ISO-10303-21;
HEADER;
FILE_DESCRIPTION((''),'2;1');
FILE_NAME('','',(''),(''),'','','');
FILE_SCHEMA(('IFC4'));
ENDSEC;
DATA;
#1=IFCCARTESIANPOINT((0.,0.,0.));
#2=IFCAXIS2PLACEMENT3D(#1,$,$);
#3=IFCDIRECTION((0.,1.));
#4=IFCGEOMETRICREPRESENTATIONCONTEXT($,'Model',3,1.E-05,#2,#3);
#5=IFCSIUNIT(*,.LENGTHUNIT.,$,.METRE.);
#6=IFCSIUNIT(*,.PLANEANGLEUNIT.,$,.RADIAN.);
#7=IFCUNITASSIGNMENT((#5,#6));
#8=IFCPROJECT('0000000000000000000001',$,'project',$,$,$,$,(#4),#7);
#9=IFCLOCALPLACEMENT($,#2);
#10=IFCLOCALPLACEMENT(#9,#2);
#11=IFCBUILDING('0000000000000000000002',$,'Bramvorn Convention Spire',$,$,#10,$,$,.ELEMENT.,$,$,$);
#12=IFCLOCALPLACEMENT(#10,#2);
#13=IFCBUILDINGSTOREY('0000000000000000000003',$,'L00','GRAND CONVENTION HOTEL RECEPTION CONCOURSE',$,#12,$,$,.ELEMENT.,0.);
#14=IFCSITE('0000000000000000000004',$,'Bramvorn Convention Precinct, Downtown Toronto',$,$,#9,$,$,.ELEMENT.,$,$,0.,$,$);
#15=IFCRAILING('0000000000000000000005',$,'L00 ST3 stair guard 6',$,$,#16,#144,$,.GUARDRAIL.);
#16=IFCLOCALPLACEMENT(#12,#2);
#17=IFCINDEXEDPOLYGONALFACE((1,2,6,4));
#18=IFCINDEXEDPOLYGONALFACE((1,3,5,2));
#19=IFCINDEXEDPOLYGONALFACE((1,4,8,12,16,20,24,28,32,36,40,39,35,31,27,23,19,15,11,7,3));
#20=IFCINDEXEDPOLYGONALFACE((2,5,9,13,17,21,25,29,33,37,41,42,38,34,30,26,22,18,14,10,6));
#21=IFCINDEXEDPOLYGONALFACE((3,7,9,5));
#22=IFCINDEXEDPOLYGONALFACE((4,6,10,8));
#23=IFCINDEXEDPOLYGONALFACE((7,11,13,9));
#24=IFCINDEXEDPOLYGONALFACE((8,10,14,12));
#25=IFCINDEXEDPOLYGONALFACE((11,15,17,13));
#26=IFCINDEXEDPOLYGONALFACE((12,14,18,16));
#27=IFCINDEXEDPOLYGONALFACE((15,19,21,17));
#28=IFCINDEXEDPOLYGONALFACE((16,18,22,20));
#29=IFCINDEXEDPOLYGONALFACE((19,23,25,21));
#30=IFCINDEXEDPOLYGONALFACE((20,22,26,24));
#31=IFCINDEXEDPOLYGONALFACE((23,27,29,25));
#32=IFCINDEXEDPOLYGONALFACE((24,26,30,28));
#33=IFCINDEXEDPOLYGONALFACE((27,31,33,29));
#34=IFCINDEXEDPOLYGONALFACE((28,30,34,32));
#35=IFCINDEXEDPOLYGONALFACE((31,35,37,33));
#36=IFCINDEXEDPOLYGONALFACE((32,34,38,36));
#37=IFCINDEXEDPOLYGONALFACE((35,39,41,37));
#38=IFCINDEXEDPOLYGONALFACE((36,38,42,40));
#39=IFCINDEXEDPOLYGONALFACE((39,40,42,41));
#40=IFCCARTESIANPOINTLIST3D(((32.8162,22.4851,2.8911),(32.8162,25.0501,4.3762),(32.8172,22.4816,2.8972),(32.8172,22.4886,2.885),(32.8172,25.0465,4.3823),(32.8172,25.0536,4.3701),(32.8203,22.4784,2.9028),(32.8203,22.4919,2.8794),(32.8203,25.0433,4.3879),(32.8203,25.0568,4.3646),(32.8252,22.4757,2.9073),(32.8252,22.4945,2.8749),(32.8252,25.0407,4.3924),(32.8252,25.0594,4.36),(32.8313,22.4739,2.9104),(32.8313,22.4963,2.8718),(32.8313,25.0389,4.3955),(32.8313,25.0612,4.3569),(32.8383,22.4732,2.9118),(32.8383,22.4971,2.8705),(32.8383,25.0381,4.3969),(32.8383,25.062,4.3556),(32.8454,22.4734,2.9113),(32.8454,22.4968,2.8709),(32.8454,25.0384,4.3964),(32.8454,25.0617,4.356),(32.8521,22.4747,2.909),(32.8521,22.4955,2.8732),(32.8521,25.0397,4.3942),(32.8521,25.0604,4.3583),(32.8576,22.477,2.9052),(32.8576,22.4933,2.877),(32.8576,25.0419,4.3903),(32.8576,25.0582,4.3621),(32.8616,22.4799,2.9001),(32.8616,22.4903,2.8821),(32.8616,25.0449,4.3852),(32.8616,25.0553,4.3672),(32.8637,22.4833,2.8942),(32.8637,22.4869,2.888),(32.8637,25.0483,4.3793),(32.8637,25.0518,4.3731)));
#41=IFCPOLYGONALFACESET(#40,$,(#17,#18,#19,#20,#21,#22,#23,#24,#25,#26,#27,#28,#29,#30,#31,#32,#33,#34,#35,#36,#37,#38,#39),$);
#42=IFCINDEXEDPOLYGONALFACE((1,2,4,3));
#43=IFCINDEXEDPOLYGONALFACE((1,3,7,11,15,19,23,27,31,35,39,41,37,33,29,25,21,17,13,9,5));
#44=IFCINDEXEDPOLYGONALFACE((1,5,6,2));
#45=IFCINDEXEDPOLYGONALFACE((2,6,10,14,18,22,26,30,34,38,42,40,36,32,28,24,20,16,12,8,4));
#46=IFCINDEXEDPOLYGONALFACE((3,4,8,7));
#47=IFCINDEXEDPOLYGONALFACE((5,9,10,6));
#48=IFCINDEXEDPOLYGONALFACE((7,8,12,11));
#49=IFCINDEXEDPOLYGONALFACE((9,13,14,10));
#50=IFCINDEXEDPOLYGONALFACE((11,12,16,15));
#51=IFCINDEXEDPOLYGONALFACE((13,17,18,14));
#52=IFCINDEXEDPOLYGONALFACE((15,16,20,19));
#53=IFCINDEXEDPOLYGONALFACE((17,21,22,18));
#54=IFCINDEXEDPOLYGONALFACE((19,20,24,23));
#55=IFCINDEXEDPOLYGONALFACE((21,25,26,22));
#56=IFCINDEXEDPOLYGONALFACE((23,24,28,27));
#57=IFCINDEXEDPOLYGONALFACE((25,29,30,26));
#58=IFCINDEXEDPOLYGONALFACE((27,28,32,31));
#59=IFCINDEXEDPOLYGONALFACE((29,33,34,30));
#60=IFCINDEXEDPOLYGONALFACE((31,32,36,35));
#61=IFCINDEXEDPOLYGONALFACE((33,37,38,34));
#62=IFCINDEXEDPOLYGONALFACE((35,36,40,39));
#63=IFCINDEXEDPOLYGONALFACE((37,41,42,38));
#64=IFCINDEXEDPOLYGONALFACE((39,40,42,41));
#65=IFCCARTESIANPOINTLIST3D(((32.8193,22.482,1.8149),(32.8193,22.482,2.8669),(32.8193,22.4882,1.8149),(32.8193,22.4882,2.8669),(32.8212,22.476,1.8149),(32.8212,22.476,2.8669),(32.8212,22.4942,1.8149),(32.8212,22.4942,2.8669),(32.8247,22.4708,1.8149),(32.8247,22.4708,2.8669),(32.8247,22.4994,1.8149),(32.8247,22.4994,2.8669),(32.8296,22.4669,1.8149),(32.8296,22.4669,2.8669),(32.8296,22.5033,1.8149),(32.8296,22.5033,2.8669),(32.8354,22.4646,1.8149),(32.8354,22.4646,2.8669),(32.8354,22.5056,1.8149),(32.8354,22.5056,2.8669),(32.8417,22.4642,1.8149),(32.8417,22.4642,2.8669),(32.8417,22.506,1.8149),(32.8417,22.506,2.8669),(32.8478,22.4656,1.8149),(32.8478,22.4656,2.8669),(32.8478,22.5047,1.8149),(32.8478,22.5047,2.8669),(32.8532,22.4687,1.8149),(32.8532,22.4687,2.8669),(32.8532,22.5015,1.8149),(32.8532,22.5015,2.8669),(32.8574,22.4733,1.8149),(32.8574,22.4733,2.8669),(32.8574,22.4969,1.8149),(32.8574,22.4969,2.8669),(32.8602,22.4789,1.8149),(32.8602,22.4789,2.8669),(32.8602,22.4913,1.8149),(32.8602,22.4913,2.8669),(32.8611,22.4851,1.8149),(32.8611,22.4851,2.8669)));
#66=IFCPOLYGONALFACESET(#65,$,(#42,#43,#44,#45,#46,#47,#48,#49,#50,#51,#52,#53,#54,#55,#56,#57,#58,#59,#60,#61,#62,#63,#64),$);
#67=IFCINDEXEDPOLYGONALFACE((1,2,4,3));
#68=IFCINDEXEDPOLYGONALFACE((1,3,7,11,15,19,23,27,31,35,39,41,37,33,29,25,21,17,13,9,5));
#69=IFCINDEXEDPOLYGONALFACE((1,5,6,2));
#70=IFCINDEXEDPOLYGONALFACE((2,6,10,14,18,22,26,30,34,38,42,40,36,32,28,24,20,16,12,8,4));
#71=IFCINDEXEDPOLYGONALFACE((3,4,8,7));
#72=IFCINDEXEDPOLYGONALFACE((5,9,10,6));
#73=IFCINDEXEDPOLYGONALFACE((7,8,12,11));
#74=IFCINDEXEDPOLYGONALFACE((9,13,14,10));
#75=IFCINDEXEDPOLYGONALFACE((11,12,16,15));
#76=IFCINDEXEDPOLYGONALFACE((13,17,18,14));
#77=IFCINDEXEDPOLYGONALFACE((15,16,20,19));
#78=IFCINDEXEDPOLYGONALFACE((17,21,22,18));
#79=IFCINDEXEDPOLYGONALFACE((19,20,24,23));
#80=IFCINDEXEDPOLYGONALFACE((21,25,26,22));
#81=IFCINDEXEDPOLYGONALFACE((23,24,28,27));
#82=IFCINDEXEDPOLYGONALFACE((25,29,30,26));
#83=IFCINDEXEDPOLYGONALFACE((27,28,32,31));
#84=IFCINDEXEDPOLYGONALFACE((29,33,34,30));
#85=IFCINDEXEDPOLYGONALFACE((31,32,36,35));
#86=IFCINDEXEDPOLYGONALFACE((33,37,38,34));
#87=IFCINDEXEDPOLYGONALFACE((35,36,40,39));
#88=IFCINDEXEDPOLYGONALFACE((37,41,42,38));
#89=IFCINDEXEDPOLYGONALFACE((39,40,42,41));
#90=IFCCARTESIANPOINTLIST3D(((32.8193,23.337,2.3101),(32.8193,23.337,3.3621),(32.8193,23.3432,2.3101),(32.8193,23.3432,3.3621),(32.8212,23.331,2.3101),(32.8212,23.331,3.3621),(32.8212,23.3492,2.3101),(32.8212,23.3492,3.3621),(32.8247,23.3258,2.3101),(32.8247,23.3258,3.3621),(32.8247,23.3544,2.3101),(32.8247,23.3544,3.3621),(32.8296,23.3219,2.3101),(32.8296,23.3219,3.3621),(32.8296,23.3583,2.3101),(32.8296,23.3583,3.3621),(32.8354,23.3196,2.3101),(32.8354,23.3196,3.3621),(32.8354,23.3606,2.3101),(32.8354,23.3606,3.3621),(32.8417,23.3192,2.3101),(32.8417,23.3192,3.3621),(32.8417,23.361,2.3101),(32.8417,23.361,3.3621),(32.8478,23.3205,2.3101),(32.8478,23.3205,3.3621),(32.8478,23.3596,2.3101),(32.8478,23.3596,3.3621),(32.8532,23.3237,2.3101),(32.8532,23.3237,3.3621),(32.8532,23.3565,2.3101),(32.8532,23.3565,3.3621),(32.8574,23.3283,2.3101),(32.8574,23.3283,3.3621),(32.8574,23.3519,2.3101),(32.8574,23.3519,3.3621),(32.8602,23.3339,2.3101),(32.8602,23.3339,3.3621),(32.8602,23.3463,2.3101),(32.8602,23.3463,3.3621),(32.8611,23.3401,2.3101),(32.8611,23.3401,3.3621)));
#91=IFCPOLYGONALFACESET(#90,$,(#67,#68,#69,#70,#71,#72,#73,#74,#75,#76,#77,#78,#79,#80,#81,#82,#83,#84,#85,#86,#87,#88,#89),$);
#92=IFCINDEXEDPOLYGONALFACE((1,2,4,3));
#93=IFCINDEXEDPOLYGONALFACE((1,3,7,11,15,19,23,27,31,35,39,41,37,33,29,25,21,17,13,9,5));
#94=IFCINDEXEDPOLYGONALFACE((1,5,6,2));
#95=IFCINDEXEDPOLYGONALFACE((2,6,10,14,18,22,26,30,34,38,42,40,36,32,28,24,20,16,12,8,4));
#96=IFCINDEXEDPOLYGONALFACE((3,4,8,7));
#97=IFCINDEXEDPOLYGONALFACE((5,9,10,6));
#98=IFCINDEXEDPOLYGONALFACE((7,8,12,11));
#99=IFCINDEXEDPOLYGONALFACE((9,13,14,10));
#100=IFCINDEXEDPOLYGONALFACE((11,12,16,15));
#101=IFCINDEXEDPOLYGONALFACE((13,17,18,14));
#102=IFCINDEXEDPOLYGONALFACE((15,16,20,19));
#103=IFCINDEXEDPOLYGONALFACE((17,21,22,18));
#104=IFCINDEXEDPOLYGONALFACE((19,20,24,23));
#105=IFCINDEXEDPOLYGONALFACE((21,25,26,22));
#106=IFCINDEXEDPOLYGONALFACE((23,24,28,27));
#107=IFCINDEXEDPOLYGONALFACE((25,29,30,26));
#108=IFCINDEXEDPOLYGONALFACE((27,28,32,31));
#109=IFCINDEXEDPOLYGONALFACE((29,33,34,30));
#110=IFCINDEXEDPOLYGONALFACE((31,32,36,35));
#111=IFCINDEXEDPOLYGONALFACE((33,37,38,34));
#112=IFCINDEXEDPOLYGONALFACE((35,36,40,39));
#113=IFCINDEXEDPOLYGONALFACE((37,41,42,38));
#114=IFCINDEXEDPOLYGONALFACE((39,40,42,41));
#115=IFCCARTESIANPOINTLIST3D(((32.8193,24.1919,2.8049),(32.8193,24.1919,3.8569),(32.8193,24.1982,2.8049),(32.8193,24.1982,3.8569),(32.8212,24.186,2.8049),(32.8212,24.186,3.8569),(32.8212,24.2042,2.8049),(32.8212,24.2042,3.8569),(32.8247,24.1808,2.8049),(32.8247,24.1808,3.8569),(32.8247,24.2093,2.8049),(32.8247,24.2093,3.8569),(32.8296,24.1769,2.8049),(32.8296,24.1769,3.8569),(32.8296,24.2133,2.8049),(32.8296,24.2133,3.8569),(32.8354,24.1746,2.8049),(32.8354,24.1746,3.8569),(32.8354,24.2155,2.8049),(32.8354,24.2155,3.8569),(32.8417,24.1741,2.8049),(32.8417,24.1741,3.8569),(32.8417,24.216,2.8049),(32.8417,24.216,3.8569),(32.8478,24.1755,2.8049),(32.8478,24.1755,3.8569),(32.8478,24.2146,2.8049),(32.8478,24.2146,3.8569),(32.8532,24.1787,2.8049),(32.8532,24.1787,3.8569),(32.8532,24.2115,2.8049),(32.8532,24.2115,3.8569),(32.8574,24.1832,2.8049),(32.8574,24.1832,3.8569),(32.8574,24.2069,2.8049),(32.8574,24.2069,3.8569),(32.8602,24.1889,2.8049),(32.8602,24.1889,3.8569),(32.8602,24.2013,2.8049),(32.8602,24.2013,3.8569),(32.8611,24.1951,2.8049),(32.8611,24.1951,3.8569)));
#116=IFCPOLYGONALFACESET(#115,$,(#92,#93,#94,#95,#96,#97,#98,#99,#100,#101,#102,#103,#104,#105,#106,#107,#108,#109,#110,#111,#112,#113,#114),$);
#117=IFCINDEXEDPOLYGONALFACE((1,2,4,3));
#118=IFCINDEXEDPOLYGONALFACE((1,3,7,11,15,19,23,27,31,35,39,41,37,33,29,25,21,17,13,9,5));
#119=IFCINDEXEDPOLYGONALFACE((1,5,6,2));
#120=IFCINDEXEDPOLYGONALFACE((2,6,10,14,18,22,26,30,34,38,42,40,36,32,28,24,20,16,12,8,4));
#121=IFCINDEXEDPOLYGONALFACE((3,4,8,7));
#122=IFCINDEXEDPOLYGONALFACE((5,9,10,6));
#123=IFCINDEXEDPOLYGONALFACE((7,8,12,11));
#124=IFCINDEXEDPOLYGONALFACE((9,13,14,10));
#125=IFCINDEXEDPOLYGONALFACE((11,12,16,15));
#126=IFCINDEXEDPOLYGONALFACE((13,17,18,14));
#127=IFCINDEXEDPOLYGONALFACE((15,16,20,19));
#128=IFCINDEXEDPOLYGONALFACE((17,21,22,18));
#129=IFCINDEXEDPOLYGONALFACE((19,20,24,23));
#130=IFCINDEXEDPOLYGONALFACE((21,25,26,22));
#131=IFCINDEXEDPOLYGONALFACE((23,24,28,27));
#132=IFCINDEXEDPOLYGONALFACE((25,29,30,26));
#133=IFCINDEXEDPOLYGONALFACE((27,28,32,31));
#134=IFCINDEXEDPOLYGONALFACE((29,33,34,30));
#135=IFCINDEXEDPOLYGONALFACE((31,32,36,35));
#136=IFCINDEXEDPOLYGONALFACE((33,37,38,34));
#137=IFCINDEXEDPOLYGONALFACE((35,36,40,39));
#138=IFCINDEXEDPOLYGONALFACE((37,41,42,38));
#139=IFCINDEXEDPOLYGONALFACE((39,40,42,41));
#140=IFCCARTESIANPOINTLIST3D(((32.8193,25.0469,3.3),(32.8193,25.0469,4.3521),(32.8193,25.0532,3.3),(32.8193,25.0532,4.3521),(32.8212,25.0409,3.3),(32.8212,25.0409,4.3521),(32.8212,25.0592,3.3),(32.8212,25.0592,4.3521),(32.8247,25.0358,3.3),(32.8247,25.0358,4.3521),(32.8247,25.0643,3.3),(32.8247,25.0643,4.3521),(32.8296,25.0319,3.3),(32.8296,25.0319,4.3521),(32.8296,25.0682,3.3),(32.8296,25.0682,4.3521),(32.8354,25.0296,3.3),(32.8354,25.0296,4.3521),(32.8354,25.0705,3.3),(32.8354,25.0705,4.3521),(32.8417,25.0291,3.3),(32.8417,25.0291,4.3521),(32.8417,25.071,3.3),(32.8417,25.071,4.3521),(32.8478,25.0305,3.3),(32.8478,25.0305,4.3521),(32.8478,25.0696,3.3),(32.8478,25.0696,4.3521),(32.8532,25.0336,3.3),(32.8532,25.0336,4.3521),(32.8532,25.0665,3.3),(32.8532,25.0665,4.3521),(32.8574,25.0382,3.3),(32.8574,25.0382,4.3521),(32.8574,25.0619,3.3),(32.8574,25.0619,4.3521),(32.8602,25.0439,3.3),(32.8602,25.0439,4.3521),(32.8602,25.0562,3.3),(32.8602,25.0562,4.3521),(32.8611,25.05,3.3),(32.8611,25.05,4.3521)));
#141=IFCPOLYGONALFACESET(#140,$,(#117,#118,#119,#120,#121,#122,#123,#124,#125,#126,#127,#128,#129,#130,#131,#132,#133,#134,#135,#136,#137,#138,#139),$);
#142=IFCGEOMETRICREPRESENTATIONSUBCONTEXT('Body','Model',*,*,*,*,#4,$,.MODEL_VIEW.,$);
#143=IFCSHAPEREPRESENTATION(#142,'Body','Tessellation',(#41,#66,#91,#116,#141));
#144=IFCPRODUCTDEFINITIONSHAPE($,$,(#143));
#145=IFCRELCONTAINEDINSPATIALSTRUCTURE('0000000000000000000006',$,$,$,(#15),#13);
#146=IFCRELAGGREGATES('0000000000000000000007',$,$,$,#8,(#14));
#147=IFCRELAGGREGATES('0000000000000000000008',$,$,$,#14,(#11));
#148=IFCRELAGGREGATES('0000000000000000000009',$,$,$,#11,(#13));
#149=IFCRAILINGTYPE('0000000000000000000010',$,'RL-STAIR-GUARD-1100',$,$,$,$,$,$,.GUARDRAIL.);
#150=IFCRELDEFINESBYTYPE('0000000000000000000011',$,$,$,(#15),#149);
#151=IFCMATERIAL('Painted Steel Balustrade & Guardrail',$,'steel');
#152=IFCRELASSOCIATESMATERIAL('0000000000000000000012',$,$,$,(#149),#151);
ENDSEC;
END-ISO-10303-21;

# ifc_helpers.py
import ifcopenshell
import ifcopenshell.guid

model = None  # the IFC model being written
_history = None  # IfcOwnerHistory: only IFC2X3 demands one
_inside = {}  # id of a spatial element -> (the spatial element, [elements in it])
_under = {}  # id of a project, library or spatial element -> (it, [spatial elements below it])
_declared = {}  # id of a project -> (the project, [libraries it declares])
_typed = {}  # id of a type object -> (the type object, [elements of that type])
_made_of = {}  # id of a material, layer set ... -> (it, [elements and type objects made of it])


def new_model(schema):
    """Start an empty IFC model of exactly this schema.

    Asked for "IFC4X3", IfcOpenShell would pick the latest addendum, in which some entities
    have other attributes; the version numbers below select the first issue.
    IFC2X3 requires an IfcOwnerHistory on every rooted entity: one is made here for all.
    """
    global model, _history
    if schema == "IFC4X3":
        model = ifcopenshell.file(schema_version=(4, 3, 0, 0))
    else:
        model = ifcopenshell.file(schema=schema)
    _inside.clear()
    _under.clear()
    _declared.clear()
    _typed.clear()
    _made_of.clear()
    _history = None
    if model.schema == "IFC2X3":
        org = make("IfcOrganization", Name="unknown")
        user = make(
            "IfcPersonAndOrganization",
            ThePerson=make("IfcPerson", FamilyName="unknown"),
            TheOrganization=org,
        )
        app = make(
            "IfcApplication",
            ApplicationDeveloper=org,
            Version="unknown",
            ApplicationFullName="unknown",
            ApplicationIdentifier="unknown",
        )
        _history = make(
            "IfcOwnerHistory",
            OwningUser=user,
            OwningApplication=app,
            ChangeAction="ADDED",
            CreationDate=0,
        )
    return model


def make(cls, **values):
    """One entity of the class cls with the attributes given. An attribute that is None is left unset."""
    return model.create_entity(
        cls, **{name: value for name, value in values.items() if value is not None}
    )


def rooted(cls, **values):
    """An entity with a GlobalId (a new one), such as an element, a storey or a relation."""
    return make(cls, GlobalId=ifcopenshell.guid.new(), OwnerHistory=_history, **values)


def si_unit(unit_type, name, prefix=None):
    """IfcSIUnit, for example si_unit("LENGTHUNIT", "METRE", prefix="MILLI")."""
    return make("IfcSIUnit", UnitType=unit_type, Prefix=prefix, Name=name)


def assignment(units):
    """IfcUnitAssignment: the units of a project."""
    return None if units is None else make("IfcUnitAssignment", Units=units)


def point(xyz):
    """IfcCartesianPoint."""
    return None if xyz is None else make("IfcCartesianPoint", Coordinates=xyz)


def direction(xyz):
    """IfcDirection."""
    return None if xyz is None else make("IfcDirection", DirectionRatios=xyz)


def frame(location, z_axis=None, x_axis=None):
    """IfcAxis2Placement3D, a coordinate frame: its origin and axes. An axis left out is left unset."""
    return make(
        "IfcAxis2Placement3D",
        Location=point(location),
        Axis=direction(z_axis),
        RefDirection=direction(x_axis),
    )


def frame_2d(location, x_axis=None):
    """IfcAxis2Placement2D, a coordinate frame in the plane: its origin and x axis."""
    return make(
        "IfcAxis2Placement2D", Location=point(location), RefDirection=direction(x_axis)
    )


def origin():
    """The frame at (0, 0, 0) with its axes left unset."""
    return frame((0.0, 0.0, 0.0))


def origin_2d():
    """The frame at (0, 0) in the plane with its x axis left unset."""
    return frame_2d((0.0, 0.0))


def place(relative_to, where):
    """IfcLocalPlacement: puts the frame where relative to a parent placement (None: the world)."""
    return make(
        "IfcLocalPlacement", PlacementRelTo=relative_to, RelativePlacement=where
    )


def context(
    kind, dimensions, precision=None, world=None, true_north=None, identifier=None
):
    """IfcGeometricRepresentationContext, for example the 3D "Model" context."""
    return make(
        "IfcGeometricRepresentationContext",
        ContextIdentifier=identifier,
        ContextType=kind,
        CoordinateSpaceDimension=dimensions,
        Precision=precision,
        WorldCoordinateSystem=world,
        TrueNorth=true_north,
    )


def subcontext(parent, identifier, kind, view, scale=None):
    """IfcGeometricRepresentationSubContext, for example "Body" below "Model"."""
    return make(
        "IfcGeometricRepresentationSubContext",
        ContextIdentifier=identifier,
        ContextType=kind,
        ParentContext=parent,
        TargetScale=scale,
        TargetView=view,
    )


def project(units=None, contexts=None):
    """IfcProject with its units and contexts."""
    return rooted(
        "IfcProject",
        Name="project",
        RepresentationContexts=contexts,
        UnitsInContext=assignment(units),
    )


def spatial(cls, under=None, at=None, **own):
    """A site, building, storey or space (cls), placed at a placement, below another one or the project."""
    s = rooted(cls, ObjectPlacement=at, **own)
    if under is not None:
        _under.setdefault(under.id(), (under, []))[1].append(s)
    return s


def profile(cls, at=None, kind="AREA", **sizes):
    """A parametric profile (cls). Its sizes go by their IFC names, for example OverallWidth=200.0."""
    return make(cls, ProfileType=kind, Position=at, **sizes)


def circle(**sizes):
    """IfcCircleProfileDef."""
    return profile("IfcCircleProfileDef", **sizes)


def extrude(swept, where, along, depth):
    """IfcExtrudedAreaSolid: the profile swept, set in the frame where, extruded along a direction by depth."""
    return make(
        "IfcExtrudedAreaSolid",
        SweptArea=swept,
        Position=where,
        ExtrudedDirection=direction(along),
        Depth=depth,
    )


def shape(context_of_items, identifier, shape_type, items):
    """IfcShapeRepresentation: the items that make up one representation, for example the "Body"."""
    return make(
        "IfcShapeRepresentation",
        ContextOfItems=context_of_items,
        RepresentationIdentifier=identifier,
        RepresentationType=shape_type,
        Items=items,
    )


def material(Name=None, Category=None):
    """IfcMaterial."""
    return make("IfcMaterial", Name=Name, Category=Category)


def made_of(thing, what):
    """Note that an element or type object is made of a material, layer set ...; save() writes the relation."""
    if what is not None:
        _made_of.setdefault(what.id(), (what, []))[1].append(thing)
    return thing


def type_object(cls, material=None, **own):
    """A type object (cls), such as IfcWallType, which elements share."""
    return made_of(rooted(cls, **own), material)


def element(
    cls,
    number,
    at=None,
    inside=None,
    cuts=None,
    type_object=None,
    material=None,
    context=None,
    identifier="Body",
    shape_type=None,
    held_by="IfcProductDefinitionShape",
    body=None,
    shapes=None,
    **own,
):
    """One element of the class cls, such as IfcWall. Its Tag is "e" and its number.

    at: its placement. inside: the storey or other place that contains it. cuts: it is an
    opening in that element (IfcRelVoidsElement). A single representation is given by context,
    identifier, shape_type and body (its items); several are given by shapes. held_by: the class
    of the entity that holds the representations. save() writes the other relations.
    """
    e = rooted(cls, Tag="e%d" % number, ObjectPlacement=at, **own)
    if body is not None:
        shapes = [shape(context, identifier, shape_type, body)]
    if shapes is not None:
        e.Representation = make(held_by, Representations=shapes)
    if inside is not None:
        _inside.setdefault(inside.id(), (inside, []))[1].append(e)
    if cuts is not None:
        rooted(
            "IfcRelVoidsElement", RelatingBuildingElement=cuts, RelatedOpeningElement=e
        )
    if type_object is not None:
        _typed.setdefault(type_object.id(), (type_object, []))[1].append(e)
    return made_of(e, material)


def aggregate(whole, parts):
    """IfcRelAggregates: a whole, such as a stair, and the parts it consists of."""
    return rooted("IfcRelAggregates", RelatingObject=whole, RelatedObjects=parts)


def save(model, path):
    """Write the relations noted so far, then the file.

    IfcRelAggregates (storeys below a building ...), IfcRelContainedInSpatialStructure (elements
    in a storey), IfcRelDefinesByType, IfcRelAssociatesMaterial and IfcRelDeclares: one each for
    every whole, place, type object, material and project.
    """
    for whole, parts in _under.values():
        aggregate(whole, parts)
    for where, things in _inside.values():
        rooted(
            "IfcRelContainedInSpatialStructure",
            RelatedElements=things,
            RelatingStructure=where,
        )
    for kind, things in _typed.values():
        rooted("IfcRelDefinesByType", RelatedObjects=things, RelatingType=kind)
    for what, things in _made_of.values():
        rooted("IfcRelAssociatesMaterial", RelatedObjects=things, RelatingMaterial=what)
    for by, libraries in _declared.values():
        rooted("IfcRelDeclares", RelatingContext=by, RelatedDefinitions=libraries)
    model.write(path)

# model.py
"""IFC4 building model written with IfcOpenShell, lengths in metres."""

from ifc_helpers import new_model, si_unit, direction, frame, origin, origin_2d, place, context, subcontext, project, spatial, circle, extrude, material, type_object, element, save


model = new_model("IFC4")

# Units and contexts
model_context = context("Model", 3, precision=1e-05, world=origin(), true_north=direction((0.0, 1.0)))
body_context = subcontext(model_context, "Body", "Model", "MODEL_VIEW")
ifc_project = project(units=[si_unit("LENGTHUNIT", "METRE"), si_unit("PLANEANGLEUNIT", "RADIAN")], contexts=[model_context])

# Site, building, storey
site_placement = place(None, origin())
site = spatial("IfcSite", under=ifc_project, at=site_placement, Name="Bramvorn Convention Precinct, Downtown Toronto", CompositionType="ELEMENT", RefElevation=0.0)
building_placement = place(site_placement, origin())
building = spatial("IfcBuilding", under=site, at=building_placement, Name="Bramvorn Convention Spire", CompositionType="ELEMENT")
storey_placement = place(building_placement, origin())
storey = spatial("IfcBuildingStorey", under=building, at=storey_placement, Name="L00", Description="GRAND CONVENTION HOTEL RECEPTION CONCOURSE", CompositionType="ELEMENT", Elevation=0.0)

# Railing
ifc_material_1 = material(Name="Painted Steel Balustrade & Guardrail", Category="steel")
railing_type_1 = type_object("IfcRailingType", Name="RL-STAIR-GUARD-1100", PredefinedType="GUARDRAIL", material=ifc_material_1)
railing_1_placement = place(storey_placement, frame((32.8401, 22.4851, 1.8149)))
element("IfcRailing", 1, at=railing_1_placement, inside=storey, type_object=railing_type_1, Name="L00 ST3 stair guard 6", PredefinedType="GUARDRAIL", context=body_context, shape_type="SweptSolid", body=[
    extrude(circle(Radius=0.0239, at=origin_2d()), frame((0.0, 0.0, 1.0762), z_axis=(0.0, 0.865406, 0.501072), x_axis=(-1.0, 0.0, 0.0)), (0.0, 0.0, 1.0), 2.9639),
    extrude(circle(Radius=0.021, at=origin_2d()), origin(), (0.0, 0.0, 1.0), 1.052),
    extrude(circle(Radius=0.021, at=origin_2d()), frame((0.0, 0.855, 0.4951)), (0.0, 0.0, 1.0), 1.052),
    extrude(circle(Radius=0.021, at=origin_2d()), frame((0.0, 1.71, 0.99)), (0.0, 0.0, 1.0), 1.052),
    extrude(circle(Radius=0.021, at=origin_2d()), frame((0.0, 2.5649, 1.4851)), (0.0, 0.0, 1.0), 1.052),
])

save(model, "model.ifc")
